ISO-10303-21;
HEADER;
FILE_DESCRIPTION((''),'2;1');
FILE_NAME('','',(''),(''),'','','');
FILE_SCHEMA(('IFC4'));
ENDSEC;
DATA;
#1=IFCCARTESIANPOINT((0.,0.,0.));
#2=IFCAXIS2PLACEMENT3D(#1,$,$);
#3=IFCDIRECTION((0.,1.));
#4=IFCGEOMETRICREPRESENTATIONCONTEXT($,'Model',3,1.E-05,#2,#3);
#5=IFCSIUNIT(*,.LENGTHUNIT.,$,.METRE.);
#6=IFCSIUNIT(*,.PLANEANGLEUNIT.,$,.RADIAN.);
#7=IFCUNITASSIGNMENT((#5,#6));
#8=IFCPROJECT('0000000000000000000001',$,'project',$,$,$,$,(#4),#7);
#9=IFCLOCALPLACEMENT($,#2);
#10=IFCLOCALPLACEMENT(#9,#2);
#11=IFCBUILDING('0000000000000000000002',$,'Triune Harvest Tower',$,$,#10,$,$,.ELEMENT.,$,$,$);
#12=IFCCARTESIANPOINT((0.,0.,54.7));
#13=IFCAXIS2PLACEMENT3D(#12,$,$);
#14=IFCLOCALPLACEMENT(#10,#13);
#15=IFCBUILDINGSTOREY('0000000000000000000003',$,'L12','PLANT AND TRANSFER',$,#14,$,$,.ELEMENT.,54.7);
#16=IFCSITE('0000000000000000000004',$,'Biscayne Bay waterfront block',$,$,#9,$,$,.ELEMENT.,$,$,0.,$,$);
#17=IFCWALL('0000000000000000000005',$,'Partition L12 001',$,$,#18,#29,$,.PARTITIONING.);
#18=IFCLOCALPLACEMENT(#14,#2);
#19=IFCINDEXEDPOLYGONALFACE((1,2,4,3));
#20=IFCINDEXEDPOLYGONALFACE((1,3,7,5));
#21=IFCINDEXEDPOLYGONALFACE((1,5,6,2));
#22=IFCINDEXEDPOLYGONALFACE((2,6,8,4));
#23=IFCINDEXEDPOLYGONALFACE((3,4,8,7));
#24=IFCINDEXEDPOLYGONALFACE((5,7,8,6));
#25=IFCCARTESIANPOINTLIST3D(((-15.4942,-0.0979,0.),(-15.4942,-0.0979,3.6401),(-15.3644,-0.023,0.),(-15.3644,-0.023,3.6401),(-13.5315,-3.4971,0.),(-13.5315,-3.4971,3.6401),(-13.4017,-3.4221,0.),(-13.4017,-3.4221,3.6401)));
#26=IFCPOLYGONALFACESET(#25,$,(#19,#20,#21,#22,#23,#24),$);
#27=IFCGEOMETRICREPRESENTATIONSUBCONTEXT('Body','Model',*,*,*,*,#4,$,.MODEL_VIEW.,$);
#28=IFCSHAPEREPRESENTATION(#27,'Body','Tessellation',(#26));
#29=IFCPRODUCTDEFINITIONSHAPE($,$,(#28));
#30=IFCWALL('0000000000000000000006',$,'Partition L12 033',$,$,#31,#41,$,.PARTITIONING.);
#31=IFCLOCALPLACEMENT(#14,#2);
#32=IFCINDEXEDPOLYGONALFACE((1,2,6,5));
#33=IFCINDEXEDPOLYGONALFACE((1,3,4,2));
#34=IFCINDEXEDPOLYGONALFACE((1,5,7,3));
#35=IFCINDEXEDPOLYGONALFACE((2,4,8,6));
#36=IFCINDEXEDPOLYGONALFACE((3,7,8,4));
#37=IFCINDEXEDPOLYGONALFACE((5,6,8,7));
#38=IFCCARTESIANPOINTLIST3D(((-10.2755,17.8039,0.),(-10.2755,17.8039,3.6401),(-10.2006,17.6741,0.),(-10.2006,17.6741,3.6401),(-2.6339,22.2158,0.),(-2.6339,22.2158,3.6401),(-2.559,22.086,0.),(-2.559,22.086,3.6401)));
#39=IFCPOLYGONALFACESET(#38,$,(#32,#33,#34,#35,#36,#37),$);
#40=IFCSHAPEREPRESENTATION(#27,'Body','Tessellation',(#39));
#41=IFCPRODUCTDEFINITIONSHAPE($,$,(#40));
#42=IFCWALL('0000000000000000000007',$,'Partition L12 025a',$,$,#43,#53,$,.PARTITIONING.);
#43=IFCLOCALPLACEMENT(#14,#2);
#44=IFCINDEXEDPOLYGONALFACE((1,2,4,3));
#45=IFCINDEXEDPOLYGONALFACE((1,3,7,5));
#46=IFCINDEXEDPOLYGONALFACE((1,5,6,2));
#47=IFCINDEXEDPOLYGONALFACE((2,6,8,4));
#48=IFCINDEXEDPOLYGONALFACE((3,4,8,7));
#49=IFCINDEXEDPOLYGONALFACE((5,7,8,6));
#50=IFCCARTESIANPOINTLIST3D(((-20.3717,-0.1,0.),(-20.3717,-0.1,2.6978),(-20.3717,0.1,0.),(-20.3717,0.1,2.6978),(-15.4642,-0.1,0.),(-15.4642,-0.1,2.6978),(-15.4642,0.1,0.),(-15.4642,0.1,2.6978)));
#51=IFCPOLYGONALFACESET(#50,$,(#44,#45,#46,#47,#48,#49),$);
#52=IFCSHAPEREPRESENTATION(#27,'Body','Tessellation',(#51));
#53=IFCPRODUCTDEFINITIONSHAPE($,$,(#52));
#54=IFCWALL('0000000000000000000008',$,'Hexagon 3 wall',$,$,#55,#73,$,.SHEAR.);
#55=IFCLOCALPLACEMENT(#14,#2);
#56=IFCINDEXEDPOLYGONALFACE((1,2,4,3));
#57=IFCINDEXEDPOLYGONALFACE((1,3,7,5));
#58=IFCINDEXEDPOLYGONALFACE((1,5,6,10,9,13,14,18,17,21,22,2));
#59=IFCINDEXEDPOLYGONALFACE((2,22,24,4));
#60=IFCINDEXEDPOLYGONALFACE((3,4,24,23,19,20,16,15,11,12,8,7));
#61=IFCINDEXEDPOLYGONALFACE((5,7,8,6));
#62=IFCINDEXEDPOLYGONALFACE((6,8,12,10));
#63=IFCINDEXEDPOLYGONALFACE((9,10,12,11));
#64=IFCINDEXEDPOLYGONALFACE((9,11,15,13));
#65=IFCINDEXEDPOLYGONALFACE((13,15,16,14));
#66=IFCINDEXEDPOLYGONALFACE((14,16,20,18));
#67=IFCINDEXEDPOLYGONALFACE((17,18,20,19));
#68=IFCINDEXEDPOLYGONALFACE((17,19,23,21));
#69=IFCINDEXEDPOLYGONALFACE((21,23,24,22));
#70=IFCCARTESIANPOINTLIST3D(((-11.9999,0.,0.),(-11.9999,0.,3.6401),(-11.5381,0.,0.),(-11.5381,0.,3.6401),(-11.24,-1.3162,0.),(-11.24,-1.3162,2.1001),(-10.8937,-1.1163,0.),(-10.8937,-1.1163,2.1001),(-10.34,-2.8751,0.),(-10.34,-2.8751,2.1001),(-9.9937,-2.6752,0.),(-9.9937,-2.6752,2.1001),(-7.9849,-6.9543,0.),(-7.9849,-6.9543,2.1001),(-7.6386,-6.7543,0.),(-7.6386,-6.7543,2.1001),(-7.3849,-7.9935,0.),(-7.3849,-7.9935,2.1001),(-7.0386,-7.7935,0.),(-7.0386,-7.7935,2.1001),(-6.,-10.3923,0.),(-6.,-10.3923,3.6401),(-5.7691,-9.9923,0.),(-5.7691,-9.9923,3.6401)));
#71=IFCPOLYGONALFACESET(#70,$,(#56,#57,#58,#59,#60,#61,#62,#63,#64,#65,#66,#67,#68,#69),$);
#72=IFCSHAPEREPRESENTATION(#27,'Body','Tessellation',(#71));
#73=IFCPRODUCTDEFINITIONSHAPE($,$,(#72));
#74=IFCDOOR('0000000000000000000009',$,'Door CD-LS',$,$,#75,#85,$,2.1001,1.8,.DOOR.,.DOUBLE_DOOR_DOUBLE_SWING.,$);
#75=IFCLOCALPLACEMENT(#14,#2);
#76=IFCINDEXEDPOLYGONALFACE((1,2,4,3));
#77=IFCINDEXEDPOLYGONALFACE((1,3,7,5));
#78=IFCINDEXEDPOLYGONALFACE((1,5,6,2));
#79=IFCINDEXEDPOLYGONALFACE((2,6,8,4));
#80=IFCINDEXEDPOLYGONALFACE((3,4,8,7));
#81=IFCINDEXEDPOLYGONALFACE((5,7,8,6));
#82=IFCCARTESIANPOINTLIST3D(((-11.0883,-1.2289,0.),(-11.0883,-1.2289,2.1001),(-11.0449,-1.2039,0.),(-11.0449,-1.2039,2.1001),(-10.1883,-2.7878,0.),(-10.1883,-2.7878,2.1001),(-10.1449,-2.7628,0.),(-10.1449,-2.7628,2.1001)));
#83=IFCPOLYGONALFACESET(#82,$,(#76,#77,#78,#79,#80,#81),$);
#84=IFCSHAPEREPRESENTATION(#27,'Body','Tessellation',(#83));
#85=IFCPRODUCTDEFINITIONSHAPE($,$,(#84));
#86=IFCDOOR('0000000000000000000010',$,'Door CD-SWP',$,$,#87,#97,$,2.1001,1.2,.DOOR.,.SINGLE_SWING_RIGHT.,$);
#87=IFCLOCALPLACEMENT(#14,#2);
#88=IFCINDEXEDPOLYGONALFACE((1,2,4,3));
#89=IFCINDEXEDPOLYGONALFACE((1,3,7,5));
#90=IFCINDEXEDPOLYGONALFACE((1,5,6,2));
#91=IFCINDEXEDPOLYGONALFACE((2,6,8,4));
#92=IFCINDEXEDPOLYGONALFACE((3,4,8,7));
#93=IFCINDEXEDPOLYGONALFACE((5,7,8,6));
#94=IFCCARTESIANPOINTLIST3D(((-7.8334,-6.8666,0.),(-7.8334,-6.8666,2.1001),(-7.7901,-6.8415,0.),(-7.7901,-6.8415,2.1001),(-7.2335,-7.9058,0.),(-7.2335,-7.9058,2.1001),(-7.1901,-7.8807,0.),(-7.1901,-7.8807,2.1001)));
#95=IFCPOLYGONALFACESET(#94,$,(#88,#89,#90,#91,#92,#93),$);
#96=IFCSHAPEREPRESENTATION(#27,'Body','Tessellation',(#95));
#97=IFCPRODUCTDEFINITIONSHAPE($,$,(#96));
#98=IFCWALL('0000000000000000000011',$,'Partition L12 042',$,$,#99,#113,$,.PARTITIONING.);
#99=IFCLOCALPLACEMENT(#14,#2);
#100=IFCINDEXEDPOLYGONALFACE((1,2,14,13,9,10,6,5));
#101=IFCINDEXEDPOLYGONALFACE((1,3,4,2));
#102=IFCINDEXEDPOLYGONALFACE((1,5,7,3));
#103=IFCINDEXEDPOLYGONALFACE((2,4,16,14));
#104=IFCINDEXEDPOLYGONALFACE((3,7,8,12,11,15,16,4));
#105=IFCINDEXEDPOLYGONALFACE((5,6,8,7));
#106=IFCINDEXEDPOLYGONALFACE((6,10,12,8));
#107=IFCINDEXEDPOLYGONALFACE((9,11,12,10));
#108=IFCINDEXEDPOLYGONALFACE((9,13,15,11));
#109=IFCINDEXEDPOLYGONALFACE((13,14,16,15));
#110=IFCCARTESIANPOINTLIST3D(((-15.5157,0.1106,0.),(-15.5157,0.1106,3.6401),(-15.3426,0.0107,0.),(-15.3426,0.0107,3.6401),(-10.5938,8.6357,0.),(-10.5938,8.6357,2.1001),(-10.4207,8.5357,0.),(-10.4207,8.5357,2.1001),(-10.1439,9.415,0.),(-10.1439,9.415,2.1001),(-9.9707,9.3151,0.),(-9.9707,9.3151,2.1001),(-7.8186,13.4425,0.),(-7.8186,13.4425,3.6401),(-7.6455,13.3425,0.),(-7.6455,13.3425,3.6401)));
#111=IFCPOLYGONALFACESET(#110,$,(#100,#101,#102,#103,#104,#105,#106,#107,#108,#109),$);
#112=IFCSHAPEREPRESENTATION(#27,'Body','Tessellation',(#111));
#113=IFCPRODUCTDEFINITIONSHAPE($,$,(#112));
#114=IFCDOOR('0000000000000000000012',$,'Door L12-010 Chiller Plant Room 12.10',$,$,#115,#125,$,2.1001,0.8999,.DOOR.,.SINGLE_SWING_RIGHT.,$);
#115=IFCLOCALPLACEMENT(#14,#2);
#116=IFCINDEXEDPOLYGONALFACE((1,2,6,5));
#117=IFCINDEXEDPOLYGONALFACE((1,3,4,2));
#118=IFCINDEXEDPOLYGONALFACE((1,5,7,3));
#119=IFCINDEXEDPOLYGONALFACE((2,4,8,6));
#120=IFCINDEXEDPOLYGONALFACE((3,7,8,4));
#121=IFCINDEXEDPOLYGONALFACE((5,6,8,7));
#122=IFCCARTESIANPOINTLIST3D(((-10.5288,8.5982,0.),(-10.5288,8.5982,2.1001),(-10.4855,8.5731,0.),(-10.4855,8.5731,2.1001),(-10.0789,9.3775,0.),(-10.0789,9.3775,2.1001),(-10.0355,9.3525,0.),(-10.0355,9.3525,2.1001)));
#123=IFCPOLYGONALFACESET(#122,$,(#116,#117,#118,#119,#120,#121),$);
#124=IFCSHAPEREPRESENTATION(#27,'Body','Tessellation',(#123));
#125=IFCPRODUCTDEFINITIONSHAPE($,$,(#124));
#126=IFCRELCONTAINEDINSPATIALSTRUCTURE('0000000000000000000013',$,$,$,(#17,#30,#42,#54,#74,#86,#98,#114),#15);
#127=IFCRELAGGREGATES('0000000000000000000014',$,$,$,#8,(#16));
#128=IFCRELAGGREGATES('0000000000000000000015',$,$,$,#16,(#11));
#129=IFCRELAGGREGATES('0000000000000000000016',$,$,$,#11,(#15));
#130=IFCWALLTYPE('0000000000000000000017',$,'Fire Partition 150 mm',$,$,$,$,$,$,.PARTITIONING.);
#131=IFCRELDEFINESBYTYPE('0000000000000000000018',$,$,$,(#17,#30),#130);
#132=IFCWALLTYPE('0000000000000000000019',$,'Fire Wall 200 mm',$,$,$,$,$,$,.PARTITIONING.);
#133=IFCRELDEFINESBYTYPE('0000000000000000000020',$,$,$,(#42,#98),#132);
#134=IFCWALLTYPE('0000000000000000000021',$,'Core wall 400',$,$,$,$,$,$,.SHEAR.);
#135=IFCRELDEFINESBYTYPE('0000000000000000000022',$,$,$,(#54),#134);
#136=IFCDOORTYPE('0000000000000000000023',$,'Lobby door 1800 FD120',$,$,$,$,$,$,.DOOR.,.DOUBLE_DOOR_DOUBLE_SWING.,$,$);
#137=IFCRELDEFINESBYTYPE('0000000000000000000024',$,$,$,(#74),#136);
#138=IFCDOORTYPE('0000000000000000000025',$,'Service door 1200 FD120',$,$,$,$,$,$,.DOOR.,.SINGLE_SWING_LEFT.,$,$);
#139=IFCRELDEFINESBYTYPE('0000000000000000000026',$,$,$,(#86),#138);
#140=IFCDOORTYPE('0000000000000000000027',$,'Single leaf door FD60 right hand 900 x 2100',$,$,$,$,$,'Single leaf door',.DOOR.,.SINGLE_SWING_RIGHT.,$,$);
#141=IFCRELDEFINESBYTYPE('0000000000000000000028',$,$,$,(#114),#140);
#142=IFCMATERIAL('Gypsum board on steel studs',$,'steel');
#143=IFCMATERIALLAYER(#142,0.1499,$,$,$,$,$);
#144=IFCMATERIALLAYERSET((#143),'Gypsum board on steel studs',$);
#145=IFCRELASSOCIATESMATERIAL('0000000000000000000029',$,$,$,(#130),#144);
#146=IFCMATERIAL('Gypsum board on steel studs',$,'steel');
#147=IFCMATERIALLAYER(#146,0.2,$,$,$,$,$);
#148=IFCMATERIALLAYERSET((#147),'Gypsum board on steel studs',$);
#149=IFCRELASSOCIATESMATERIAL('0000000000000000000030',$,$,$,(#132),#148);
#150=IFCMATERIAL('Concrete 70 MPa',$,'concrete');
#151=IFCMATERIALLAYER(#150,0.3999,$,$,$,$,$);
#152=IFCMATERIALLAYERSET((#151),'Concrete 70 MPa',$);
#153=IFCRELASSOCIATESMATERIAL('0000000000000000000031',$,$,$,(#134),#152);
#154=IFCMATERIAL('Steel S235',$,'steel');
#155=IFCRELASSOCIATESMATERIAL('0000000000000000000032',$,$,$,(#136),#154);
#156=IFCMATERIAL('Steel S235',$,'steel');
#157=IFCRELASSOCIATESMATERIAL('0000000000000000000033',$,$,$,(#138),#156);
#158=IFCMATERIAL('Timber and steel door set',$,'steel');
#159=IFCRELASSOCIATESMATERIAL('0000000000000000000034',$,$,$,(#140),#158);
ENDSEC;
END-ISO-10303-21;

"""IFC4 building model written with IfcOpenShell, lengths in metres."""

from ifc_helpers import new_model, si_unit, direction, frame, frame_2d, origin, place, context, subcontext, project, spatial, polyline, rectangle, outline, extrude, source, transform, mapped, material, layer, layer_set, type_object, element, fill, save


model = new_model("IFC4")

# Units and contexts
model_context = context("Model", 3, precision=1e-05, world=origin(), true_north=direction((0.0, 1.0)))
body_context = subcontext(model_context, "Body", "Model", "MODEL_VIEW")
ifc_project = project(units=[si_unit("LENGTHUNIT", "METRE"), si_unit("PLANEANGLEUNIT", "RADIAN")], contexts=[model_context])

# Site, building, storey
site_placement = place(None, origin())
site = spatial("IfcSite", under=ifc_project, at=site_placement, Name="Biscayne Bay waterfront block", CompositionType="ELEMENT", RefElevation=0.0)
building_placement = place(site_placement, origin())
building = spatial("IfcBuilding", under=site, at=building_placement, Name="Triune Harvest Tower", CompositionType="ELEMENT")
storey_placement = place(building_placement, frame((0.0, 0.0, 54.7)))
storey = spatial("IfcBuildingStorey", under=building, at=storey_placement, Name="L12", Description="PLANT AND TRANSFER", CompositionType="ELEMENT", Elevation=54.7)

# Walls
ifc_material_1 = material(Name="Gypsum board on steel studs", Category="steel")
ifc_layer_1 = layer(ifc_material_1, 0.1499)
ifc_layer_set_1 = layer_set([ifc_layer_1], Name="Gypsum board on steel studs")
wall_type_1 = type_object("IfcWallType", Name="Fire Partition 150 mm", PredefinedType="PARTITIONING", material=ifc_layer_set_1)
wall_1_placement = place(storey_placement, frame((-15.4292, -0.0605, 0.0), z_axis=(0.0, 0.0, 1.0), x_axis=(0.500026, -0.866011, 0.0)))
element("IfcWall", 1, at=wall_1_placement, inside=storey, type_object=wall_type_1, Name="Partition L12 001", PredefinedType="PARTITIONING", context=body_context, shape_type="SweptSolid", body=[
    extrude(rectangle(XDim=3.925, YDim=0.1499, at=frame_2d((1.9624, 0.0))), origin(), (0.0, 0.0, 1.0), 3.6401),
])
wall_2_placement = place(storey_placement, frame((-10.238, 17.739, 0.0), z_axis=(0.0, 0.0, 1.0), x_axis=(0.866026, 0.499999, 0.0)))
element("IfcWall", 2, at=wall_2_placement, inside=storey, type_object=wall_type_1, Name="Partition L12 033", PredefinedType="PARTITIONING", context=body_context, shape_type="SweptSolid", body=[
    extrude(rectangle(XDim=8.8237, YDim=0.1499, at=frame_2d((4.4119, 0.0))), origin(), (0.0, 0.0, 1.0), 3.6401),
])
ifc_material_2 = material(Name="Gypsum board on steel studs", Category="steel")
ifc_layer_2 = layer(ifc_material_2, 0.2)
ifc_layer_set_2 = layer_set([ifc_layer_2], Name="Gypsum board on steel studs")
wall_type_2 = type_object("IfcWallType", Name="Fire Wall 200 mm", PredefinedType="PARTITIONING", material=ifc_layer_set_2)
wall_3_placement = place(storey_placement, frame((-20.3716, 0.0, 0.0), z_axis=(0.0, 0.0, 1.0), x_axis=(1.0, 0.0, 0.0)))
element("IfcWall", 3, at=wall_3_placement, inside=storey, type_object=wall_type_2, Name="Partition L12 025a", PredefinedType="PARTITIONING", context=body_context, shape_type="SweptSolid", body=[
    extrude(rectangle(XDim=4.9075, YDim=0.2, at=frame_2d((2.4536, 0.0))), origin(), (0.0, 0.0, 1.0), 2.6978),
])

# Wall, openings, doors
ifc_material_3 = material(Name="Concrete 70 MPa", Category="concrete")
ifc_layer_3 = layer(ifc_material_3, 0.3999)
ifc_layer_set_3 = layer_set([ifc_layer_3], Name="Concrete 70 MPa")
wall_type_3 = type_object("IfcWallType", Name="Core wall 400", PredefinedType="SHEAR", material=ifc_layer_set_3)
shared_shape_1 = source(origin(), body_context, "Body", "SweptSolid", [
    extrude(outline(polyline([(-0.1155, -0.2), (11.8845, -0.2), (11.6536, 0.2), (0.1155, 0.2), (-0.1155, -0.2)])), origin(), (0.0, 0.0, 1.0), 3.6401),
])
wall_4_placement = place(storey_placement, frame((-11.769, 0.0, 0.0), z_axis=(0.0, 0.0, 1.0), x_axis=(0.499997, -0.866027, 0.0)))
wall_4 = element("IfcWall", 4, at=wall_4_placement, inside=storey, type_object=wall_type_3, Name="Hexagon 3 wall", PredefinedType="SHEAR", context=body_context, shape_type="MappedRepresentation", body=[
    mapped(shared_shape_1, transform((0.0, 0.0, 0.0), scale=1.0)),
])
opening_1_placement = place(wall_4_placement, frame((1.4045, 0.0, 0.0)))
opening_1 = element("IfcOpeningElement", 5, at=opening_1_placement, cuts=wall_4, PredefinedType="OPENING", context=body_context, shape_type="SweptSolid", body=[
    extrude(rectangle(XDim=1.8, YDim=2.1001, at=frame_2d((0.8999, 1.05))), frame((0.0, 0.21, 0.0), z_axis=(0.0, -1.0, 0.0), x_axis=(1.0, 0.0, 0.0)), (0.0, 0.0, 1.0), 0.4199),
])
opening_2_placement = place(wall_4_placement, frame((7.9146, 0.0, 0.0)))
opening_2 = element("IfcOpeningElement", 6, at=opening_2_placement, cuts=wall_4, PredefinedType="OPENING", context=body_context, shape_type="SweptSolid", body=[
    extrude(rectangle(XDim=1.2, YDim=2.1001, at=frame_2d((0.6001, 1.05))), frame((0.0, 0.21, 0.0), z_axis=(0.0, -1.0, 0.0), x_axis=(1.0, 0.0, 0.0)), (0.0, 0.0, 1.0), 0.4199),
])
ifc_material_4 = material(Name="Steel S235", Category="steel")
door_type_1 = type_object("IfcDoorType", Name="Lobby door 1800 FD120", OperationType="DOUBLE_DOOR_DOUBLE_SWING", PredefinedType="DOOR", material=ifc_material_4)
door_1_placement = place(opening_1_placement, frame((1.8, 0.0, 0.0), z_axis=(0.0, 0.0, 1.0), x_axis=(-1.0, 0.0, 0.0)))
door_1 = element("IfcDoor", 7, at=door_1_placement, inside=storey, type_object=door_type_1, Name="Door CD-LS", OperationType="DOUBLE_DOOR_DOUBLE_SWING", OverallHeight=2.1001, OverallWidth=1.8, PredefinedType="DOOR", context=body_context, shape_type="SweptSolid", body=[
    extrude(rectangle(XDim=1.8, YDim=2.1001, at=frame_2d((0.8999, 1.05))), frame((0.0, 0.0249, 0.0), z_axis=(0.0, -1.0, 0.0), x_axis=(1.0, 0.0, 0.0)), (0.0, 0.0, 1.0), 0.05),
])
fill(opening_1, door_1)
ifc_material_5 = material(Name="Steel S235", Category="steel")
door_type_2 = type_object("IfcDoorType", Name="Service door 1200 FD120", OperationType="SINGLE_SWING_LEFT", PredefinedType="DOOR", material=ifc_material_5)
door_2_placement = place(opening_2_placement, frame((1.2, 0.0, 0.0), z_axis=(0.0, 0.0, 1.0), x_axis=(-1.0, 0.0, 0.0)))
door_2 = element("IfcDoor", 8, at=door_2_placement, inside=storey, type_object=door_type_2, Name="Door CD-SWP", OperationType="SINGLE_SWING_RIGHT", OverallHeight=2.1001, OverallWidth=1.2, PredefinedType="DOOR", context=body_context, shape_type="SweptSolid", body=[
    extrude(rectangle(XDim=1.2, YDim=2.1001, at=frame_2d((0.6001, 1.05))), frame((0.0, 0.0249, 0.0), z_axis=(0.0, -1.0, 0.0), x_axis=(1.0, 0.0, 0.0)), (0.0, 0.0, 1.0), 0.05),
])
fill(opening_2, door_2)

# Wall, opening, door
shared_shape_2 = source(origin(), body_context, "Body", "SweptSolid", [
    extrude(rectangle(XDim=15.3943, YDim=0.2, at=frame_2d((7.6973, 0.0))), origin(), (0.0, 0.0, 1.0), 3.6401),
])
wall_5_placement = place(storey_placement, frame((-15.4292, 0.0605, 0.0), z_axis=(0.0, 0.0, 1.0), x_axis=(0.499996, 0.866028, 0.0)))
wall_5 = element("IfcWall", 9, at=wall_5_placement, inside=storey, type_object=wall_type_2, Name="Partition L12 042", PredefinedType="PARTITIONING", context=body_context, shape_type="MappedRepresentation", body=[
    mapped(shared_shape_2, transform((0.0, 0.0, 0.0), scale=1.0)),
])
opening_3_placement = place(wall_5_placement, frame((9.844, 0.0, 0.0)))
opening_3 = element("IfcOpeningElement", 10, at=opening_3_placement, cuts=wall_5, PredefinedType="OPENING", context=body_context, shape_type="SweptSolid", body=[
    extrude(rectangle(XDim=0.8999, YDim=2.1001, at=frame_2d((0.45, 1.05))), frame((0.0, 0.1099, 0.0), z_axis=(0.0, -1.0, 0.0), x_axis=(1.0, 0.0, 0.0)), (0.0, 0.0, 1.0), 0.22),
])
ifc_material_6 = material(Name="Timber and steel door set", Category="steel")
door_type_3 = type_object("IfcDoorType", Name="Single leaf door FD60 right hand 900 x 2100", ElementType="Single leaf door", OperationType="SINGLE_SWING_RIGHT", PredefinedType="DOOR", material=ifc_material_6)
door_3_placement = place(opening_3_placement, origin())
door_3 = element("IfcDoor", 11, at=door_3_placement, inside=storey, type_object=door_type_3, Name="Door L12-010 Chiller Plant Room 12.10", OperationType="SINGLE_SWING_RIGHT", OverallHeight=2.1001, OverallWidth=0.8999, PredefinedType="DOOR", context=body_context, shape_type="SweptSolid", body=[
    extrude(rectangle(XDim=0.8999, YDim=2.1001, at=frame_2d((0.45, 1.05))), frame((0.0, 0.0249, 0.0), z_axis=(0.0, -1.0, 0.0), x_axis=(1.0, 0.0, 0.0)), (0.0, 0.0, 1.0), 0.05),
])
fill(opening_3, door_3)

save(model, "model.ifc")
